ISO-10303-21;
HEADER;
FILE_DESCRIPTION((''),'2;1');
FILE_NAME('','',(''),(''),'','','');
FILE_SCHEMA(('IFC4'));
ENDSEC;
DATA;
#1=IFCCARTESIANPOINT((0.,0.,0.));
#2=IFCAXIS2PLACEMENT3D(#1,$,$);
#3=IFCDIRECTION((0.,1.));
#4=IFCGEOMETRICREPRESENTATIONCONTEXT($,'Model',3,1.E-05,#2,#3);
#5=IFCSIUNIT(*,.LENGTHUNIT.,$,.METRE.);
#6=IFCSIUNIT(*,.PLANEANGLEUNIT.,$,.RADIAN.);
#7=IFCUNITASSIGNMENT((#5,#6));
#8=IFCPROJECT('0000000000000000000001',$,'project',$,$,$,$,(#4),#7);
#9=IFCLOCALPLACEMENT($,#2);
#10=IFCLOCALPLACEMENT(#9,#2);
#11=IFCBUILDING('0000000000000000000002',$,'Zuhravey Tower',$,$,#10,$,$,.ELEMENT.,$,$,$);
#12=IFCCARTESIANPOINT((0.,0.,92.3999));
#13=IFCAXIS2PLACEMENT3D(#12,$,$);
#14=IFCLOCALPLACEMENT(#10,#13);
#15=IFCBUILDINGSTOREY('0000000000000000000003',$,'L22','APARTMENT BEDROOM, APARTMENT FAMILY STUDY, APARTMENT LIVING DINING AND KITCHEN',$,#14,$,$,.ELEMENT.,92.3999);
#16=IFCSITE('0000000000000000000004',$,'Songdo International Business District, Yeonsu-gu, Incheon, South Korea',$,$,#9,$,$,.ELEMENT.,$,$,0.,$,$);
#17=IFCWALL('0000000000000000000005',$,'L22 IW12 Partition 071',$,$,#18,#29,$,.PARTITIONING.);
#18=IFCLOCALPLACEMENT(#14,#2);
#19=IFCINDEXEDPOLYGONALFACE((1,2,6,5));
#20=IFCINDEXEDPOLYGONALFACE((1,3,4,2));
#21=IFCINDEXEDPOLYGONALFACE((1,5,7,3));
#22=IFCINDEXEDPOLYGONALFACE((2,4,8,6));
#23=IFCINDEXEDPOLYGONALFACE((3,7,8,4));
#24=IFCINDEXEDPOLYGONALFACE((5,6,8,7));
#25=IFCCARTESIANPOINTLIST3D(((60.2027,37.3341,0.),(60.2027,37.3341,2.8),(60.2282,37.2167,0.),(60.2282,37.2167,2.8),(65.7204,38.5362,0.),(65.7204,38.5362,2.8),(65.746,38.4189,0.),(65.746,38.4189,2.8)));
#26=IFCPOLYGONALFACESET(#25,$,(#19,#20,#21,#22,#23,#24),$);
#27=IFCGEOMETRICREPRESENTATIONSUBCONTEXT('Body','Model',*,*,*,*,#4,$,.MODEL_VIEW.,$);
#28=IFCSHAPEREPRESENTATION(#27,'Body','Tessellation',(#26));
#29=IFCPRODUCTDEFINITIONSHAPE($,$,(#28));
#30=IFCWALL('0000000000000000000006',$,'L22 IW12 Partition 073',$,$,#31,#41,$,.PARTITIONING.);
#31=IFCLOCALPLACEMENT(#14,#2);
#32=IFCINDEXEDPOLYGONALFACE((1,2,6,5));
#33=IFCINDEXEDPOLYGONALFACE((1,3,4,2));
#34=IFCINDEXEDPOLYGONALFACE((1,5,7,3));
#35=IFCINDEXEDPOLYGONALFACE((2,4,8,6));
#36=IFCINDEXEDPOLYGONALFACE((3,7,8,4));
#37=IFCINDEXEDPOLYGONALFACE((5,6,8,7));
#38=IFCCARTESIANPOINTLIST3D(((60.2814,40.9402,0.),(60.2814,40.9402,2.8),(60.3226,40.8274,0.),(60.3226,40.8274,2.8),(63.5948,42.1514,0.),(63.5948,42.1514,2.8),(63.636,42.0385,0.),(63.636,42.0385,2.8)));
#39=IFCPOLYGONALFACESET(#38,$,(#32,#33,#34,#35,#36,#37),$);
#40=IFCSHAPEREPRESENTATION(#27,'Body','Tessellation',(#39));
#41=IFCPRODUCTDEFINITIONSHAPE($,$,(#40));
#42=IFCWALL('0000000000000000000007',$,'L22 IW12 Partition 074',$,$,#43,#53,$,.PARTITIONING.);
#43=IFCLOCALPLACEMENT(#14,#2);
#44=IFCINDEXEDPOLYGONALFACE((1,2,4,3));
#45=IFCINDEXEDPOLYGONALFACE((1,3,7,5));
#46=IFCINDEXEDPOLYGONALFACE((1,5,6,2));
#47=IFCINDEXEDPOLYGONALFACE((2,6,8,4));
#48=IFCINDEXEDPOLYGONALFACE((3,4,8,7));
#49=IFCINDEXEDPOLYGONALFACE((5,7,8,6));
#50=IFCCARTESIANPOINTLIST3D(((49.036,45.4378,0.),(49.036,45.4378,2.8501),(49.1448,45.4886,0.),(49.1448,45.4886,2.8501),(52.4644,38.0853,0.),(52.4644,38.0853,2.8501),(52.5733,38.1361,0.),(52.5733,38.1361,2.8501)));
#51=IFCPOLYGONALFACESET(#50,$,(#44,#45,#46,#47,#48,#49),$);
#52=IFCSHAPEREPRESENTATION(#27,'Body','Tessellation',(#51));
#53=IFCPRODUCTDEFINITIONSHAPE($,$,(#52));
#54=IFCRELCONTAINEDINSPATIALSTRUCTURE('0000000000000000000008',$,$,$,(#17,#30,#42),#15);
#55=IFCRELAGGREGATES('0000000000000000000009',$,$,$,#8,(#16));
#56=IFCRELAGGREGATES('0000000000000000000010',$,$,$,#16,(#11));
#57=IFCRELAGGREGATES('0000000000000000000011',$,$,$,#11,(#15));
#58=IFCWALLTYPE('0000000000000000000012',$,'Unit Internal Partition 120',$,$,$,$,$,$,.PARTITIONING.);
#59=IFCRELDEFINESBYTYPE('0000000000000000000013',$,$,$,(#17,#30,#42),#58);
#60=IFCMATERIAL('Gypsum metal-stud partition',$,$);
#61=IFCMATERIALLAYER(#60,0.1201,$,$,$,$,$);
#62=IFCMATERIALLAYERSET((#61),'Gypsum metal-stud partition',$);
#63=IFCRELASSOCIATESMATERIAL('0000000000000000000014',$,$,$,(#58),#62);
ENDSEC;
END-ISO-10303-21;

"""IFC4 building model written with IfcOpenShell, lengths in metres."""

from ifc_helpers import new_model, si_unit, direction, frame, frame_2d, origin, place, context, subcontext, project, spatial, rectangle, extrude, material, layer, layer_set, type_object, element, save


model = new_model("IFC4")

# Units and contexts
model_context = context("Model", 3, precision=1e-05, world=origin(), true_north=direction((0.0, 1.0)))
body_context = subcontext(model_context, "Body", "Model", "MODEL_VIEW")
ifc_project = project(units=[si_unit("LENGTHUNIT", "METRE"), si_unit("PLANEANGLEUNIT", "RADIAN")], contexts=[model_context])

# Site, building, storey
site_placement = place(None, origin())
site = spatial("IfcSite", under=ifc_project, at=site_placement, Name="Songdo International Business District, Yeonsu-gu, Incheon, South Korea", CompositionType="ELEMENT", RefElevation=0.0)
building_placement = place(site_placement, origin())
building = spatial("IfcBuilding", under=site, at=building_placement, Name="Zuhravey Tower", CompositionType="ELEMENT")
storey_placement = place(building_placement, frame((0.0, 0.0, 92.3999)))
storey = spatial("IfcBuildingStorey", under=building, at=storey_placement, Name="L22", Description="APARTMENT BEDROOM, APARTMENT FAMILY STUDY, APARTMENT LIVING DINING AND KITCHEN", CompositionType="ELEMENT", Elevation=92.3999)

# Shared definitions
ifc_material_1 = material(Name="Gypsum metal-stud partition")
ifc_layer_1 = layer(ifc_material_1, 0.1201)
ifc_layer_set_1 = layer_set([ifc_layer_1], Name="Gypsum metal-stud partition")
wall_type_1 = type_object("IfcWallType", Name="Unit Internal Partition 120", PredefinedType="PARTITIONING", material=ifc_layer_set_1)

# Walls
wall_1_placement = place(storey_placement, frame((60.2153, 37.2754, 0.0), z_axis=(0.0, 0.0, 1.0), x_axis=(0.97708, 0.212873, 0.0)))
element("IfcWall", 1, at=wall_1_placement, inside=storey, type_object=wall_type_1, Name="L22 IW12 Partition 071", PredefinedType="PARTITIONING", context=body_context, shape_type="SweptSolid", body=[
    extrude(rectangle(XDim=5.6472, YDim=0.1201, at=frame_2d((2.8237, 0.0))), origin(), (0.0, 0.0, 1.0), 2.8),
])
wall_2_placement = place(storey_placement, frame((60.302, 40.8838, 0.0), z_axis=(0.0, 0.0, 1.0), x_axis=(0.93922, 0.343315, 0.0)))
element("IfcWall", 2, at=wall_2_placement, inside=storey, type_object=wall_type_1, Name="L22 IW12 Partition 073", PredefinedType="PARTITIONING", context=body_context, shape_type="SweptSolid", body=[
    extrude(rectangle(XDim=3.5278, YDim=0.1201, at=frame_2d((1.7639, 0.0))), origin(), (0.0, 0.0, 1.0), 2.8),
])
wall_3_placement = place(storey_placement, frame((52.5188, 38.1108, 0.0), z_axis=(0.0, 0.0, 1.0), x_axis=(-0.42261, 0.906311, 0.0)))
element("IfcWall", 3, at=wall_3_placement, inside=storey, type_object=wall_type_1, Name="L22 IW12 Partition 074", PredefinedType="PARTITIONING", context=body_context, shape_type="SweptSolid", body=[
    extrude(rectangle(XDim=8.1125, YDim=0.1201, at=frame_2d((4.0562, 0.0))), origin(), (0.0, 0.0, 1.0), 2.8501),
])

save(model, "model.ifc")
